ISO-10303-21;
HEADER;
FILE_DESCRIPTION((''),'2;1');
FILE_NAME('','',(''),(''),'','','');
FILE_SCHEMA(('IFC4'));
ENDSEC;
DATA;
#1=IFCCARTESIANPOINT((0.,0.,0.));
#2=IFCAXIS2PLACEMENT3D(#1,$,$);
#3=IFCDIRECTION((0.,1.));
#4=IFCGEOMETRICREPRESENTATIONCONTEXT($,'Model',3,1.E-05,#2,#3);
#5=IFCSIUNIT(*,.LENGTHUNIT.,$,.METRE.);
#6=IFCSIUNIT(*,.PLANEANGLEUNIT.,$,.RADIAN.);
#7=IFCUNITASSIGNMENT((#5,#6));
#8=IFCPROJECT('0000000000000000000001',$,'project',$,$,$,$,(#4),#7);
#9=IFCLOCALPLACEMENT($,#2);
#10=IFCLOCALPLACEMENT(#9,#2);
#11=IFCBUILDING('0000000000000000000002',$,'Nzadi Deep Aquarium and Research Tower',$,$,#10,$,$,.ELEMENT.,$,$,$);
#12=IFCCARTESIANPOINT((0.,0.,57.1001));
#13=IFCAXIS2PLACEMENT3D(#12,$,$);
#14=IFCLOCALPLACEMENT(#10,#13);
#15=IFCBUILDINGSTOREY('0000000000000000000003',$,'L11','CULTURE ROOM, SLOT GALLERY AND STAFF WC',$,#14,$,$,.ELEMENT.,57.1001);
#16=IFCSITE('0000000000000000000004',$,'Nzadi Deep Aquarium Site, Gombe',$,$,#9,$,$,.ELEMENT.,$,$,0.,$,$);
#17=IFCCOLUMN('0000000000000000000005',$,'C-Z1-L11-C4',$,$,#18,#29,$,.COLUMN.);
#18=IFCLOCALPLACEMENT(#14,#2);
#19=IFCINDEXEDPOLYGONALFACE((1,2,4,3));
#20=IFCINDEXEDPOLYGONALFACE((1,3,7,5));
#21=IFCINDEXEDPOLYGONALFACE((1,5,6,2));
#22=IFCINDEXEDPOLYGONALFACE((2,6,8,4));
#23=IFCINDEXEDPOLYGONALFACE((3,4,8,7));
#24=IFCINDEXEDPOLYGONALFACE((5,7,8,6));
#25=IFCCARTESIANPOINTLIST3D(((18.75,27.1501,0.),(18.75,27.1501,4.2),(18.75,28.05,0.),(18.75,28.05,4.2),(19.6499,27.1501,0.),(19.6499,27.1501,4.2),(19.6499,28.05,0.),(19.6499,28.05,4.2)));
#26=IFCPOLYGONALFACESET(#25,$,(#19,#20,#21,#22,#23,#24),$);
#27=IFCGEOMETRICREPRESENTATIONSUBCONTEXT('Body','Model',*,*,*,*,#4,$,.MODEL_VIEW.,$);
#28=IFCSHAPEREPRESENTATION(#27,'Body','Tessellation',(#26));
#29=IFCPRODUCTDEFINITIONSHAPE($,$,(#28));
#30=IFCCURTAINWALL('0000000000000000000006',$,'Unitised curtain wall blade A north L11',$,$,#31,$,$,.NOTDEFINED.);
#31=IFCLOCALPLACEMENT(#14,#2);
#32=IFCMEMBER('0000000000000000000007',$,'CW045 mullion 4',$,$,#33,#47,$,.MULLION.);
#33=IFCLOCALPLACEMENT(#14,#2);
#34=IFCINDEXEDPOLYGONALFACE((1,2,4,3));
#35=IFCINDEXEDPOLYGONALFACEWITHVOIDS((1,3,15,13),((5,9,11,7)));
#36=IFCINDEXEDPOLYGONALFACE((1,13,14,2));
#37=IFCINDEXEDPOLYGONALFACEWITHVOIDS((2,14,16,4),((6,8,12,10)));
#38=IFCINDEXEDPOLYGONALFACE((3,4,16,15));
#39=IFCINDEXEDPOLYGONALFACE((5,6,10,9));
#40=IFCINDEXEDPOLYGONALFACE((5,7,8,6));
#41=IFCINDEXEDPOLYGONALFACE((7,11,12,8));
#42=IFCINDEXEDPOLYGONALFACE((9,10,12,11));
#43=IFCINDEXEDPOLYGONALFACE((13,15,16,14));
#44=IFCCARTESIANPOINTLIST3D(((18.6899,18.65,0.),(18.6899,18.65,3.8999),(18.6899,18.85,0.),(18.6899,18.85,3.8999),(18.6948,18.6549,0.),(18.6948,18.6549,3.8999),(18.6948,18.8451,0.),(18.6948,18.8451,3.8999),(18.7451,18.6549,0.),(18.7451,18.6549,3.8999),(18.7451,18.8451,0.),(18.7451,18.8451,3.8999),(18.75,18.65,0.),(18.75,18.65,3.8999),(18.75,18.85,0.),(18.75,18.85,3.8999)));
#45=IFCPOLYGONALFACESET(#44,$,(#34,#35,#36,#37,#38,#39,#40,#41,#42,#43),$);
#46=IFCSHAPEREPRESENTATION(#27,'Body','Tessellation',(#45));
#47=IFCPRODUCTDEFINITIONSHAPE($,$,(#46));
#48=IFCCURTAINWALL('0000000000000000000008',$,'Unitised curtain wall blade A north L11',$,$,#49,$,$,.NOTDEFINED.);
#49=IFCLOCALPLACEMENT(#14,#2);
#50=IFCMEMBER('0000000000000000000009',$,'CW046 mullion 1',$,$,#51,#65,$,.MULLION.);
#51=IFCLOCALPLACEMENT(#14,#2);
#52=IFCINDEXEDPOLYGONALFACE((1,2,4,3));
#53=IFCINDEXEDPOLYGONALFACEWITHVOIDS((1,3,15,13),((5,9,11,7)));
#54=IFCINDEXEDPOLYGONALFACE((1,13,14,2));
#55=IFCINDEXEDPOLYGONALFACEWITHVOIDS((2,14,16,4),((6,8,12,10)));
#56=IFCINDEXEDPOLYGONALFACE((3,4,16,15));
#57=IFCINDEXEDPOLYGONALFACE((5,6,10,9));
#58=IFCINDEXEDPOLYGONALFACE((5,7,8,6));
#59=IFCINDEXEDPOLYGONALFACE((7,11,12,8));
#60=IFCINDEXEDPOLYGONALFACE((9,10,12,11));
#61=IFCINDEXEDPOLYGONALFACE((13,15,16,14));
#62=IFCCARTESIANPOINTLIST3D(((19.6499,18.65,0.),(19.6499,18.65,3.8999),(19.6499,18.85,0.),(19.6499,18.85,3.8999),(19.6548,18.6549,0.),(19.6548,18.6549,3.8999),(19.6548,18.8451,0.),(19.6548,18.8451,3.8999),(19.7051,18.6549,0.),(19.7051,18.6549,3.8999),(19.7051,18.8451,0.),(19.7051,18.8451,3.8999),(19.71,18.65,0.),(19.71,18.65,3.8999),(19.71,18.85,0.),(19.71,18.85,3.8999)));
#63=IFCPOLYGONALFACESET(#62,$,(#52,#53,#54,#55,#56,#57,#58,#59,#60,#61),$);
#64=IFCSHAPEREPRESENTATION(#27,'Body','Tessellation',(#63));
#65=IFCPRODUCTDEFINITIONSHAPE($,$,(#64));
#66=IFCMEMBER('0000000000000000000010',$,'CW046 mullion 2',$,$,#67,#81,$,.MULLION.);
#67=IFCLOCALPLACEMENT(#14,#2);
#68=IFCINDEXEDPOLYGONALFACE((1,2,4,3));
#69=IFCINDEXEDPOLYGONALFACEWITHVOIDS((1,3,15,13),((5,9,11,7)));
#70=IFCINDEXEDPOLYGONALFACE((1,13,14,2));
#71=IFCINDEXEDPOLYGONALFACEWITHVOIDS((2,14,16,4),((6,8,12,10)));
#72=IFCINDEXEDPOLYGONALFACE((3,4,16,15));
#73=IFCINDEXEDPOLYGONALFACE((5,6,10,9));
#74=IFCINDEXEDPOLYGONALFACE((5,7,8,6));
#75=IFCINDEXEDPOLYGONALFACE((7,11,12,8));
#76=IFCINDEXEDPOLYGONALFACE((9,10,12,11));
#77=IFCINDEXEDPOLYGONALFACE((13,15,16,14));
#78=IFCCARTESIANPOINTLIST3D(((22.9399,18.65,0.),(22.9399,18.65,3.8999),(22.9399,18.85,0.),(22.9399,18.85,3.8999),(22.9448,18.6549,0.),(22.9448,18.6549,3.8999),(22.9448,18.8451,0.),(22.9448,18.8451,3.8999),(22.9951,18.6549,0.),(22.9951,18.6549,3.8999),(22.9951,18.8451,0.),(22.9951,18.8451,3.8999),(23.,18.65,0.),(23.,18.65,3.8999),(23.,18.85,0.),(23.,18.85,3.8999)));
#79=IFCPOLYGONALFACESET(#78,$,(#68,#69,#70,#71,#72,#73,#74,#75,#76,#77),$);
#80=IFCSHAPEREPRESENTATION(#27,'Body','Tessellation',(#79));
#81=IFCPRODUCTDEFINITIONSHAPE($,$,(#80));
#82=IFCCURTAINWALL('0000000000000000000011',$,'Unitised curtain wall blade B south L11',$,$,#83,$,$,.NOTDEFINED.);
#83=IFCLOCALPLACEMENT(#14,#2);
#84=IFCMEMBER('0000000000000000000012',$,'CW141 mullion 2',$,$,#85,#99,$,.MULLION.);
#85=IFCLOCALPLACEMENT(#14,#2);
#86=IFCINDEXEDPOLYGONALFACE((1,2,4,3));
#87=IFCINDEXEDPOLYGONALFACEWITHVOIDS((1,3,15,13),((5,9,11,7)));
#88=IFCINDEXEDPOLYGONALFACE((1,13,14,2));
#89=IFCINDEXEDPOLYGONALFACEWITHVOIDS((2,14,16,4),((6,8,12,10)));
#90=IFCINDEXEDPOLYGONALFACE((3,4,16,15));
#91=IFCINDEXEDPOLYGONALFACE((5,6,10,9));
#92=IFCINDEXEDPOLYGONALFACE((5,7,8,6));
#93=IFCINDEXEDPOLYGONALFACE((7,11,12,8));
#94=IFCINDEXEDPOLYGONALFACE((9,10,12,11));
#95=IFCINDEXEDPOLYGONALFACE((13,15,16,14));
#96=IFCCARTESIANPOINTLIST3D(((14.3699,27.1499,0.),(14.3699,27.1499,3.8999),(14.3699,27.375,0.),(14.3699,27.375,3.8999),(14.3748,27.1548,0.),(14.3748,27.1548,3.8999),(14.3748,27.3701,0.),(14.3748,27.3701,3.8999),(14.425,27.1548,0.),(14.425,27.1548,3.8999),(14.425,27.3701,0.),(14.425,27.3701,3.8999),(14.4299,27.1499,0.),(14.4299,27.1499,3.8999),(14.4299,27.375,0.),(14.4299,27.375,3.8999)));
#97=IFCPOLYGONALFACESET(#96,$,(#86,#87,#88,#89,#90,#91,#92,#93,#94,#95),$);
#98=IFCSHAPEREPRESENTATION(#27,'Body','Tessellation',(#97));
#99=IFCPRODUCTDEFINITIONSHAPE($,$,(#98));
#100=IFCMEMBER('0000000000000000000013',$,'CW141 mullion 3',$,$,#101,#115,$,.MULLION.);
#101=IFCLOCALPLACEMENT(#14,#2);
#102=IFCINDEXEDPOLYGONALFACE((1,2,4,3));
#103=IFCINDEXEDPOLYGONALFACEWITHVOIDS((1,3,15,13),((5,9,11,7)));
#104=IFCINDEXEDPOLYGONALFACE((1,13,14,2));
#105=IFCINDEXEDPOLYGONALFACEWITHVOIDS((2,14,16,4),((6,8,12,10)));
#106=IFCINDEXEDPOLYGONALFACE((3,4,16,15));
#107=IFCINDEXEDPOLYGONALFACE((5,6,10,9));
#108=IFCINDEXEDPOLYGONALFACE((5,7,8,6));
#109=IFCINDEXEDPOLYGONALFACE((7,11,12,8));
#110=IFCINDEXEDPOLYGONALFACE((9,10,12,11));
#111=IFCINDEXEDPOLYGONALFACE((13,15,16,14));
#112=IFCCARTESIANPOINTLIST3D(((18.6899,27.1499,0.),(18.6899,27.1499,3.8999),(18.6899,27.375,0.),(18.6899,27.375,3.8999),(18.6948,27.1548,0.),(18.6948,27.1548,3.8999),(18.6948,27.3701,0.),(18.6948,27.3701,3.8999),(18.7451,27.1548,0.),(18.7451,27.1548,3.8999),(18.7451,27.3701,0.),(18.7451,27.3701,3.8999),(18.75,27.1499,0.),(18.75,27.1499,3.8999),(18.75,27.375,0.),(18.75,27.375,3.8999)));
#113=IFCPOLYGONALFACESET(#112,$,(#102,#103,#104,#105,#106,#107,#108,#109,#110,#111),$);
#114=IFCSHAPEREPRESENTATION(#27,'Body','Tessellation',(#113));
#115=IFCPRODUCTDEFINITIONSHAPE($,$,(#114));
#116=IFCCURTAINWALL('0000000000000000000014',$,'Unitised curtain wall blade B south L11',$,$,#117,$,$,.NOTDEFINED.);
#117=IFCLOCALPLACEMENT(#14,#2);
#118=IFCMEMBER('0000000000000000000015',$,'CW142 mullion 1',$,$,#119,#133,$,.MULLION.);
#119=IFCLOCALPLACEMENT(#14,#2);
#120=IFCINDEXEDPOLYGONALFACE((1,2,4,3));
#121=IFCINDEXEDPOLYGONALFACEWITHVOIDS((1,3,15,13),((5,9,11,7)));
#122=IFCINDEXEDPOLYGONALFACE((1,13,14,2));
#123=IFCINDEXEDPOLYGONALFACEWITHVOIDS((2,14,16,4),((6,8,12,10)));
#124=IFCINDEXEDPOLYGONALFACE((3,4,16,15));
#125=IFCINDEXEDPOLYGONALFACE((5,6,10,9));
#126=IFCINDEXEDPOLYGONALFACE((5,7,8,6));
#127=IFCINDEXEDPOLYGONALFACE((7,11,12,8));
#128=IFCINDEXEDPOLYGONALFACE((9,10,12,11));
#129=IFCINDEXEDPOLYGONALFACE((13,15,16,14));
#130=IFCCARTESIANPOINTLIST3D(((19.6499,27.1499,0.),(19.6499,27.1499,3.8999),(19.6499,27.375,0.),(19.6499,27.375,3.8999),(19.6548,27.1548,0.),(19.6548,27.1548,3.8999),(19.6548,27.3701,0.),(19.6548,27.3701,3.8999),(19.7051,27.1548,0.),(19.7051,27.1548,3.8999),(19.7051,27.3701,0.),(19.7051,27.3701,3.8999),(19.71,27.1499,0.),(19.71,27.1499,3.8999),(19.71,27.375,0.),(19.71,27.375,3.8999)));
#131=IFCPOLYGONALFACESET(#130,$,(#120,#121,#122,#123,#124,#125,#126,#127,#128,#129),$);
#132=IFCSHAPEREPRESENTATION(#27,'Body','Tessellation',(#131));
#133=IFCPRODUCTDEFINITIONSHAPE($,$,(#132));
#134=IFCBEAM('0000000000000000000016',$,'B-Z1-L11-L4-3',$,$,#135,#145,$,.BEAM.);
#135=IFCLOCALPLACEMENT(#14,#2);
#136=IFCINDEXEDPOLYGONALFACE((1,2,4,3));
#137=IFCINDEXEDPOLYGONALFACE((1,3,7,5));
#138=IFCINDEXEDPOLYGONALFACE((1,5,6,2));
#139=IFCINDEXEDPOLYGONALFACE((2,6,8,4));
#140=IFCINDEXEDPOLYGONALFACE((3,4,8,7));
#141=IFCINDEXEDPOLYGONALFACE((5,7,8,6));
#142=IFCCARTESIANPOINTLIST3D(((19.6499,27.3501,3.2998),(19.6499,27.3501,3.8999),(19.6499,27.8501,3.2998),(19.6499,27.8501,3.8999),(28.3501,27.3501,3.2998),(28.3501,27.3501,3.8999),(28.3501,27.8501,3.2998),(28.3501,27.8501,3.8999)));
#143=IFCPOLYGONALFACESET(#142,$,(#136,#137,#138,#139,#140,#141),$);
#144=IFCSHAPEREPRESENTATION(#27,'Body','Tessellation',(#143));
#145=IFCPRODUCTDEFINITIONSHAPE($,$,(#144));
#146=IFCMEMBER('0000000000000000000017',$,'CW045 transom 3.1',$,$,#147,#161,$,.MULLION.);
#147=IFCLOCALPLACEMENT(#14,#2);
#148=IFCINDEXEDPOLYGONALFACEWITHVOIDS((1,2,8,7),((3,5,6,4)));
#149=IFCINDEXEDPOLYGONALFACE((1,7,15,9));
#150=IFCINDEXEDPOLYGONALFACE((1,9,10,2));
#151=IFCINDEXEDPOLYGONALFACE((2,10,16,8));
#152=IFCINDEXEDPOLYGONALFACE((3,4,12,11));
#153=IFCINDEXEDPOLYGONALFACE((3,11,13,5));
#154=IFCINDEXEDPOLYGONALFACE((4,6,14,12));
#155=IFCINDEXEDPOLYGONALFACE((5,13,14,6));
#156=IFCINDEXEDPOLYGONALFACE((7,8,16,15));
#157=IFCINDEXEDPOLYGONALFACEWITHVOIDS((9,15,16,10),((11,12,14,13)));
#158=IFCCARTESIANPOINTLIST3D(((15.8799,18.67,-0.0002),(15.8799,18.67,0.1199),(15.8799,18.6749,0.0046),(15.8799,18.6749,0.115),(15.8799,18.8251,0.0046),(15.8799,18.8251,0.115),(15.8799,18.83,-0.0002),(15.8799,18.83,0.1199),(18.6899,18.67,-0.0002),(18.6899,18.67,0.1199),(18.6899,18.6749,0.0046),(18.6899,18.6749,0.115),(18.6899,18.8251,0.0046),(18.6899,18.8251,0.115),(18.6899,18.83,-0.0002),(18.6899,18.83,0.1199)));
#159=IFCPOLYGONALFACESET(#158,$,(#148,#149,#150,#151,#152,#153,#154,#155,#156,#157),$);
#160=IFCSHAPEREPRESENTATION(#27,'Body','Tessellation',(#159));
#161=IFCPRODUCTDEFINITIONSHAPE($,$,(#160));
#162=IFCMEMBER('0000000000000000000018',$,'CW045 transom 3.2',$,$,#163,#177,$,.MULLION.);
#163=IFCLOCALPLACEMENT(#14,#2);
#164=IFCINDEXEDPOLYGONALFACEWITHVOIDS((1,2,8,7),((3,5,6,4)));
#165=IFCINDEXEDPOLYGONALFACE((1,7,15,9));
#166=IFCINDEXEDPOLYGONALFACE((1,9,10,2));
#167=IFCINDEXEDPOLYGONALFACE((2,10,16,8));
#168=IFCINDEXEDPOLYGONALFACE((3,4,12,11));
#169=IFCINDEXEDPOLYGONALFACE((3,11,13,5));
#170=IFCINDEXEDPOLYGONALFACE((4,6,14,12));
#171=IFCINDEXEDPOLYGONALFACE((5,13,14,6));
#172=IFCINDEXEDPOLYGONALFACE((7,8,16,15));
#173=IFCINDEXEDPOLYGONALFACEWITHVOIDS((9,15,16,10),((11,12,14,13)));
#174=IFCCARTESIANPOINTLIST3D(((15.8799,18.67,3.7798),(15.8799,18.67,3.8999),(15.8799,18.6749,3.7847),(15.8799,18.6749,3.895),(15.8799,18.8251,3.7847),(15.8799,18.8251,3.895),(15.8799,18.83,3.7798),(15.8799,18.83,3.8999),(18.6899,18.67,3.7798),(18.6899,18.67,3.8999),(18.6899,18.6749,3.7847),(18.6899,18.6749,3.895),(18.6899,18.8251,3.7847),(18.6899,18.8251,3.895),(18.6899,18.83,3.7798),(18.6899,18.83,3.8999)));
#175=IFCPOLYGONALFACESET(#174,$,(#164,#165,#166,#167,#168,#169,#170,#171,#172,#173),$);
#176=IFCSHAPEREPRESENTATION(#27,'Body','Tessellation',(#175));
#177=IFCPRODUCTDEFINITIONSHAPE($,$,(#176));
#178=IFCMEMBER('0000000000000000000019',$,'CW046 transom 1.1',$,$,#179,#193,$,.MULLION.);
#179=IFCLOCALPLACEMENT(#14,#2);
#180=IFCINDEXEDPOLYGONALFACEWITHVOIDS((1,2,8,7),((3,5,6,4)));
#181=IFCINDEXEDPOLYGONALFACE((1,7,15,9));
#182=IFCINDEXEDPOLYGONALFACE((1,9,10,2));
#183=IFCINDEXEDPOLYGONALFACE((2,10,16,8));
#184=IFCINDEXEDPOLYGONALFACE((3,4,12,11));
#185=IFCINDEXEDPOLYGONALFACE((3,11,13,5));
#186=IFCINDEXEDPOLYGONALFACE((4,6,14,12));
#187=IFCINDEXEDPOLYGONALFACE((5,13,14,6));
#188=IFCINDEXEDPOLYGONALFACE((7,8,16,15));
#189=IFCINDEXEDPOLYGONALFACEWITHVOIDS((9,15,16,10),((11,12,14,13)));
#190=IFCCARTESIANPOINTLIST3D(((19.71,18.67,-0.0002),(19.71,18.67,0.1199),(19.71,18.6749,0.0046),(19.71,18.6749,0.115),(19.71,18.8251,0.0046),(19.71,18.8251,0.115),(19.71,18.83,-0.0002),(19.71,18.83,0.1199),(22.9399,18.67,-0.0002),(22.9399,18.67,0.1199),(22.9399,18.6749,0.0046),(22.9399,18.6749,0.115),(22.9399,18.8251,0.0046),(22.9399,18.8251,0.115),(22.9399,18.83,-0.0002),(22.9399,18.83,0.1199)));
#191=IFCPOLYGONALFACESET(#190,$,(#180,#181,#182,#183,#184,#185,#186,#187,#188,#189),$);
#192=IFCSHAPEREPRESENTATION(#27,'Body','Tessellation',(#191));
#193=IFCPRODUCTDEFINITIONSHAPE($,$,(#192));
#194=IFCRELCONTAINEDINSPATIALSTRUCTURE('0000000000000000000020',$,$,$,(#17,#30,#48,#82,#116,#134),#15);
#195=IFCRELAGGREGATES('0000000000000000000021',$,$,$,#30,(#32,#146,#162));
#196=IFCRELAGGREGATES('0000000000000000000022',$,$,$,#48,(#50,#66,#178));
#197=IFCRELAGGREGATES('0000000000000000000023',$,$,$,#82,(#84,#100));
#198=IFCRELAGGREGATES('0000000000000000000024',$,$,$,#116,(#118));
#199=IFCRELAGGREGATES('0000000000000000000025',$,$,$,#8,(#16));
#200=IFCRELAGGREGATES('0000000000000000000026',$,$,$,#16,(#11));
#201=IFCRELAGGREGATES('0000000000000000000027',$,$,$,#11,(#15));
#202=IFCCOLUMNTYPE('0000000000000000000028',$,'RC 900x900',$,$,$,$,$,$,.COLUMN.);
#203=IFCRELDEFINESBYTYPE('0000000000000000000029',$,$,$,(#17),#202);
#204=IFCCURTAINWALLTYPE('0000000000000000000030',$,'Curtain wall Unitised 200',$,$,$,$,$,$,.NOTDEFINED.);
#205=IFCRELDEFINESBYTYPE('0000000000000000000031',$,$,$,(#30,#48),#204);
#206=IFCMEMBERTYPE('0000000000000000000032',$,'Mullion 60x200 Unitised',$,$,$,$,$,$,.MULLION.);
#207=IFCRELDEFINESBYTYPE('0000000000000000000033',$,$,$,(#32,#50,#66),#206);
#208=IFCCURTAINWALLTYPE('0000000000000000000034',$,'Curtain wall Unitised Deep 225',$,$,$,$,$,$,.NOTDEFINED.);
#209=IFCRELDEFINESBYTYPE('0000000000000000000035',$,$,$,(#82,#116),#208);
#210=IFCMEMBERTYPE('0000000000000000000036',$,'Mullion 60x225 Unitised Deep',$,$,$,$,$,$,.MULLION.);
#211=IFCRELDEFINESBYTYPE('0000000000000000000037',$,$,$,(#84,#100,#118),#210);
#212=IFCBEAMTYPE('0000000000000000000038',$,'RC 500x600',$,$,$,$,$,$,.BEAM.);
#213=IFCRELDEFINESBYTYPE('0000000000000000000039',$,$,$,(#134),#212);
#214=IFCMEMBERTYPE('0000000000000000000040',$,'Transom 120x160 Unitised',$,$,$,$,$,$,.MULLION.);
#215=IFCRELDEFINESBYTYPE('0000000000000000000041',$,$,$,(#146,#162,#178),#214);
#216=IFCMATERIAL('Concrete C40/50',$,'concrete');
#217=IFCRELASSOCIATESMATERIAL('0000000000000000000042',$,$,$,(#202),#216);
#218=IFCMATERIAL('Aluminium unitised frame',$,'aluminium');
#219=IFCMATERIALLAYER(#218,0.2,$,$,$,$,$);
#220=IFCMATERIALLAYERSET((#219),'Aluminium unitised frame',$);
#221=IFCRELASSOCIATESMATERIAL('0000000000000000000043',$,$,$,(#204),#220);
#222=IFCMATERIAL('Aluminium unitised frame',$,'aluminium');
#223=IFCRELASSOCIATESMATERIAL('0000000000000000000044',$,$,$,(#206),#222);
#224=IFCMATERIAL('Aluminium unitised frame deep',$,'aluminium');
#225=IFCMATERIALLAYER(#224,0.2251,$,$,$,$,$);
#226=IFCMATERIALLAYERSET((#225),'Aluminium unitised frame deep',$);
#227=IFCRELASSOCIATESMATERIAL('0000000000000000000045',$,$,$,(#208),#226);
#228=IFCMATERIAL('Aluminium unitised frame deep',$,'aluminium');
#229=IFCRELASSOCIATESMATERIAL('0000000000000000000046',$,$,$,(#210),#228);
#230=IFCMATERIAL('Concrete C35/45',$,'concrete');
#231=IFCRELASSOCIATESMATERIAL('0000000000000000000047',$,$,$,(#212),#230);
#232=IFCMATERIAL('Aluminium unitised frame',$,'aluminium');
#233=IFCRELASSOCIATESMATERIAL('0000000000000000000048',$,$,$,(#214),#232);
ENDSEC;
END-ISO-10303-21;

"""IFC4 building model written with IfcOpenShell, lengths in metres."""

from ifc_helpers import new_model, si_unit, direction, frame, origin, origin_2d, place, context, subcontext, project, spatial, rectangle, hollow_rectangle, extrude, material, layer, layer_set, material_profile, profile_set, type_object, element, aggregate, save


model = new_model("IFC4")

# Units and contexts
model_context = context("Model", 3, precision=1e-05, world=origin(), true_north=direction((0.0, 1.0)))
body_context = subcontext(model_context, "Body", "Model", "MODEL_VIEW")
ifc_project = project(units=[si_unit("LENGTHUNIT", "METRE"), si_unit("PLANEANGLEUNIT", "RADIAN")], contexts=[model_context])

# Site, building, storey
site_placement = place(None, origin())
site = spatial("IfcSite", under=ifc_project, at=site_placement, Name="Nzadi Deep Aquarium Site, Gombe", CompositionType="ELEMENT", RefElevation=0.0)
building_placement = place(site_placement, origin())
building = spatial("IfcBuilding", under=site, at=building_placement, Name="Nzadi Deep Aquarium and Research Tower", CompositionType="ELEMENT")
storey_placement = place(building_placement, frame((0.0, 0.0, 57.1001)))
storey = spatial("IfcBuildingStorey", under=building, at=storey_placement, Name="L11", Description="CULTURE ROOM, SLOT GALLERY AND STAFF WC", CompositionType="ELEMENT", Elevation=57.1001)

# Column
ifc_material_1 = material(Name="Concrete C40/50", Category="concrete")
ifc_material_profile_1 = material_profile(ifc_material_1, rectangle(XDim=0.8999, YDim=0.8999, at=origin_2d()))
ifc_profile_set_1 = profile_set([ifc_material_profile_1], Name="Concrete C40/50")
column_type = type_object("IfcColumnType", Name="RC 900x900", PredefinedType="COLUMN", material=ifc_profile_set_1)
column_placement = place(storey_placement, frame((19.2, 27.6001, 0.0), z_axis=(0.0, 0.0, 1.0), x_axis=(1.0, 0.0, 0.0)))
element("IfcColumn", 1, at=column_placement, inside=storey, type_object=column_type, Name="C-Z1-L11-C4", PredefinedType="COLUMN", context=body_context, shape_type="SweptSolid", body=[
    extrude(rectangle(XDim=0.8999, YDim=0.8999, at=origin_2d()), origin(), (0.0, 0.0, 1.0), 4.2),
])

# Curtain wall, member
ifc_material_2 = material(Name="Aluminium unitised frame", Category="aluminium")
ifc_layer_1 = layer(ifc_material_2, 0.2)
ifc_layer_set_1 = layer_set([ifc_layer_1], Name="Aluminium unitised frame")
curtain_wall_type_1 = type_object("IfcCurtainWallType", Name="Curtain wall Unitised 200", PredefinedType="NOTDEFINED", material=ifc_layer_set_1)
curtain_wall_1_placement = place(storey_placement, origin())
curtain_wall_1 = element("IfcCurtainWall", 2, at=curtain_wall_1_placement, inside=storey, type_object=curtain_wall_type_1, Name="Unitised curtain wall blade A north L11", PredefinedType="NOTDEFINED")
ifc_material_3 = material(Name="Aluminium unitised frame", Category="aluminium")
ifc_material_profile_2 = material_profile(ifc_material_3, hollow_rectangle(XDim=0.2, YDim=0.0601, WallThickness=0.0049, at=origin_2d()))
ifc_profile_set_2 = profile_set([ifc_material_profile_2], Name="Aluminium unitised frame")
member_type_1 = type_object("IfcMemberType", Name="Mullion 60x200 Unitised", PredefinedType="MULLION", material=ifc_profile_set_2)
member_1_placement = place(storey_placement, frame((18.72, 18.75, 0.0), z_axis=(0.0, 0.0, 1.0), x_axis=(0.0, 1.0, 0.0)))
member_1 = element("IfcMember", 3, at=member_1_placement, type_object=member_type_1, Name="CW045 mullion 4", PredefinedType="MULLION", context=body_context, shape_type="SweptSolid", body=[
    extrude(hollow_rectangle(XDim=0.2, YDim=0.0601, WallThickness=0.0049, at=origin_2d()), origin(), (0.0, 0.0, 1.0), 3.8999),
])

# Curtain walls, members
curtain_wall_2_placement = place(storey_placement, origin())
curtain_wall_2 = element("IfcCurtainWall", 4, at=curtain_wall_2_placement, inside=storey, type_object=curtain_wall_type_1, Name="Unitised curtain wall blade A north L11", PredefinedType="NOTDEFINED")
member_2_placement = place(storey_placement, frame((19.6799, 18.75, 0.0), z_axis=(0.0, 0.0, 1.0), x_axis=(0.0, 1.0, 0.0)))
member_2 = element("IfcMember", 5, at=member_2_placement, type_object=member_type_1, Name="CW046 mullion 1", PredefinedType="MULLION", context=body_context, shape_type="SweptSolid", body=[
    extrude(hollow_rectangle(XDim=0.2, YDim=0.0601, WallThickness=0.0049, at=origin_2d()), origin(), (0.0, 0.0, 1.0), 3.8999),
])
member_3_placement = place(storey_placement, frame((22.97, 18.75, 0.0), z_axis=(0.0, 0.0, 1.0), x_axis=(0.0, 1.0, 0.0)))
member_3 = element("IfcMember", 6, at=member_3_placement, type_object=member_type_1, Name="CW046 mullion 2", PredefinedType="MULLION", context=body_context, shape_type="SweptSolid", body=[
    extrude(hollow_rectangle(XDim=0.2, YDim=0.0601, WallThickness=0.0049, at=origin_2d()), origin(), (0.0, 0.0, 1.0), 3.8999),
])
ifc_material_4 = material(Name="Aluminium unitised frame deep", Category="aluminium")
ifc_layer_2 = layer(ifc_material_4, 0.2251)
ifc_layer_set_2 = layer_set([ifc_layer_2], Name="Aluminium unitised frame deep")
curtain_wall_type_2 = type_object("IfcCurtainWallType", Name="Curtain wall Unitised Deep 225", PredefinedType="NOTDEFINED", material=ifc_layer_set_2)
curtain_wall_3_placement = place(storey_placement, origin())
curtain_wall_3 = element("IfcCurtainWall", 7, at=curtain_wall_3_placement, inside=storey, type_object=curtain_wall_type_2, Name="Unitised curtain wall blade B south L11", PredefinedType="NOTDEFINED")
ifc_material_5 = material(Name="Aluminium unitised frame deep", Category="aluminium")
ifc_material_profile_3 = material_profile(ifc_material_5, hollow_rectangle(XDim=0.2251, YDim=0.0601, WallThickness=0.0049, at=origin_2d()))
ifc_profile_set_3 = profile_set([ifc_material_profile_3], Name="Aluminium unitised frame deep")
member_type_2 = type_object("IfcMemberType", Name="Mullion 60x225 Unitised Deep", PredefinedType="MULLION", material=ifc_profile_set_3)
member_4_placement = place(storey_placement, frame((14.3999, 27.2625, 0.0), z_axis=(0.0, 0.0, 1.0), x_axis=(0.0, 1.0, 0.0)))
member_4 = element("IfcMember", 8, at=member_4_placement, type_object=member_type_2, Name="CW141 mullion 2", PredefinedType="MULLION", context=body_context, shape_type="SweptSolid", body=[
    extrude(hollow_rectangle(XDim=0.2251, YDim=0.0601, WallThickness=0.0049, at=origin_2d()), origin(), (0.0, 0.0, 1.0), 3.8999),
])
member_5_placement = place(storey_placement, frame((18.72, 27.2625, 0.0), z_axis=(0.0, 0.0, 1.0), x_axis=(0.0, 1.0, 0.0)))
member_5 = element("IfcMember", 9, at=member_5_placement, type_object=member_type_2, Name="CW141 mullion 3", PredefinedType="MULLION", context=body_context, shape_type="SweptSolid", body=[
    extrude(hollow_rectangle(XDim=0.2251, YDim=0.0601, WallThickness=0.0049, at=origin_2d()), origin(), (0.0, 0.0, 1.0), 3.8999),
])

# Curtain wall, member
curtain_wall_4_placement = place(storey_placement, origin())
curtain_wall_4 = element("IfcCurtainWall", 10, at=curtain_wall_4_placement, inside=storey, type_object=curtain_wall_type_2, Name="Unitised curtain wall blade B south L11", PredefinedType="NOTDEFINED")
member_6_placement = place(storey_placement, frame((19.6799, 27.2625, 0.0), z_axis=(0.0, 0.0, 1.0), x_axis=(0.0, 1.0, 0.0)))
member_6 = element("IfcMember", 11, at=member_6_placement, type_object=member_type_2, Name="CW142 mullion 1", PredefinedType="MULLION", context=body_context, shape_type="SweptSolid", body=[
    extrude(hollow_rectangle(XDim=0.2251, YDim=0.0601, WallThickness=0.0049, at=origin_2d()), origin(), (0.0, 0.0, 1.0), 3.8999),
])

# Beam
ifc_material_6 = material(Name="Concrete C35/45", Category="concrete")
ifc_material_profile_4 = material_profile(ifc_material_6, rectangle(XDim=0.5, YDim=0.6001, at=origin_2d()))
ifc_profile_set_4 = profile_set([ifc_material_profile_4], Name="Concrete C35/45")
beam_type = type_object("IfcBeamType", Name="RC 500x600", PredefinedType="BEAM", material=ifc_profile_set_4)
beam_placement = place(storey_placement, frame((19.6499, 27.6001, 3.5999), z_axis=(1.0, 0.0, 0.0), x_axis=(0.0, 1.0, 0.0)))
element("IfcBeam", 12, at=beam_placement, inside=storey, type_object=beam_type, Name="B-Z1-L11-L4-3", PredefinedType="BEAM", context=body_context, shape_type="SweptSolid", body=[
    extrude(rectangle(XDim=0.5, YDim=0.6001, at=origin_2d()), origin(), (0.0, 0.0, 1.0), 8.7002),
])

# Members
ifc_material_7 = material(Name="Aluminium unitised frame", Category="aluminium")
ifc_material_profile_5 = material_profile(ifc_material_7, hollow_rectangle(XDim=0.1599, YDim=0.1201, WallThickness=0.0049, at=origin_2d()))
ifc_profile_set_5 = profile_set([ifc_material_profile_5], Name="Aluminium unitised frame")
member_type_3 = type_object("IfcMemberType", Name="Transom 120x160 Unitised", PredefinedType="MULLION", material=ifc_profile_set_5)
member_7_placement = place(storey_placement, frame((15.8799, 18.75, 0.0598), z_axis=(1.0, 0.0, 0.0), x_axis=(0.0, 1.0, 0.0)))
member_7 = element("IfcMember", 13, at=member_7_placement, type_object=member_type_3, Name="CW045 transom 3.1", PredefinedType="MULLION", context=body_context, shape_type="SweptSolid", body=[
    extrude(hollow_rectangle(XDim=0.1599, YDim=0.1201, WallThickness=0.0049, at=origin_2d()), origin(), (0.0, 0.0, 1.0), 2.8101),
])
member_8_placement = place(storey_placement, frame((15.8799, 18.75, 3.8398), z_axis=(1.0, 0.0, 0.0), x_axis=(0.0, 1.0, 0.0)))
member_8 = element("IfcMember", 14, at=member_8_placement, type_object=member_type_3, Name="CW045 transom 3.2", PredefinedType="MULLION", context=body_context, shape_type="SweptSolid", body=[
    extrude(hollow_rectangle(XDim=0.1599, YDim=0.1201, WallThickness=0.0049, at=origin_2d()), origin(), (0.0, 0.0, 1.0), 2.8101),
])
member_9_placement = place(storey_placement, frame((19.71, 18.75, 0.0598), z_axis=(1.0, 0.0, 0.0), x_axis=(0.0, 1.0, 0.0)))
member_9 = element("IfcMember", 15, at=member_9_placement, type_object=member_type_3, Name="CW046 transom 1.1", PredefinedType="MULLION", context=body_context, shape_type="SweptSolid", body=[
    extrude(hollow_rectangle(XDim=0.1599, YDim=0.1201, WallThickness=0.0049, at=origin_2d()), origin(), (0.0, 0.0, 1.0), 3.23),
])

aggregate(curtain_wall_1, [member_1, member_7, member_8])
aggregate(curtain_wall_2, [member_2, member_3, member_9])
aggregate(curtain_wall_3, [member_4, member_5])
aggregate(curtain_wall_4, [member_6])

save(model, "model.ifc")
